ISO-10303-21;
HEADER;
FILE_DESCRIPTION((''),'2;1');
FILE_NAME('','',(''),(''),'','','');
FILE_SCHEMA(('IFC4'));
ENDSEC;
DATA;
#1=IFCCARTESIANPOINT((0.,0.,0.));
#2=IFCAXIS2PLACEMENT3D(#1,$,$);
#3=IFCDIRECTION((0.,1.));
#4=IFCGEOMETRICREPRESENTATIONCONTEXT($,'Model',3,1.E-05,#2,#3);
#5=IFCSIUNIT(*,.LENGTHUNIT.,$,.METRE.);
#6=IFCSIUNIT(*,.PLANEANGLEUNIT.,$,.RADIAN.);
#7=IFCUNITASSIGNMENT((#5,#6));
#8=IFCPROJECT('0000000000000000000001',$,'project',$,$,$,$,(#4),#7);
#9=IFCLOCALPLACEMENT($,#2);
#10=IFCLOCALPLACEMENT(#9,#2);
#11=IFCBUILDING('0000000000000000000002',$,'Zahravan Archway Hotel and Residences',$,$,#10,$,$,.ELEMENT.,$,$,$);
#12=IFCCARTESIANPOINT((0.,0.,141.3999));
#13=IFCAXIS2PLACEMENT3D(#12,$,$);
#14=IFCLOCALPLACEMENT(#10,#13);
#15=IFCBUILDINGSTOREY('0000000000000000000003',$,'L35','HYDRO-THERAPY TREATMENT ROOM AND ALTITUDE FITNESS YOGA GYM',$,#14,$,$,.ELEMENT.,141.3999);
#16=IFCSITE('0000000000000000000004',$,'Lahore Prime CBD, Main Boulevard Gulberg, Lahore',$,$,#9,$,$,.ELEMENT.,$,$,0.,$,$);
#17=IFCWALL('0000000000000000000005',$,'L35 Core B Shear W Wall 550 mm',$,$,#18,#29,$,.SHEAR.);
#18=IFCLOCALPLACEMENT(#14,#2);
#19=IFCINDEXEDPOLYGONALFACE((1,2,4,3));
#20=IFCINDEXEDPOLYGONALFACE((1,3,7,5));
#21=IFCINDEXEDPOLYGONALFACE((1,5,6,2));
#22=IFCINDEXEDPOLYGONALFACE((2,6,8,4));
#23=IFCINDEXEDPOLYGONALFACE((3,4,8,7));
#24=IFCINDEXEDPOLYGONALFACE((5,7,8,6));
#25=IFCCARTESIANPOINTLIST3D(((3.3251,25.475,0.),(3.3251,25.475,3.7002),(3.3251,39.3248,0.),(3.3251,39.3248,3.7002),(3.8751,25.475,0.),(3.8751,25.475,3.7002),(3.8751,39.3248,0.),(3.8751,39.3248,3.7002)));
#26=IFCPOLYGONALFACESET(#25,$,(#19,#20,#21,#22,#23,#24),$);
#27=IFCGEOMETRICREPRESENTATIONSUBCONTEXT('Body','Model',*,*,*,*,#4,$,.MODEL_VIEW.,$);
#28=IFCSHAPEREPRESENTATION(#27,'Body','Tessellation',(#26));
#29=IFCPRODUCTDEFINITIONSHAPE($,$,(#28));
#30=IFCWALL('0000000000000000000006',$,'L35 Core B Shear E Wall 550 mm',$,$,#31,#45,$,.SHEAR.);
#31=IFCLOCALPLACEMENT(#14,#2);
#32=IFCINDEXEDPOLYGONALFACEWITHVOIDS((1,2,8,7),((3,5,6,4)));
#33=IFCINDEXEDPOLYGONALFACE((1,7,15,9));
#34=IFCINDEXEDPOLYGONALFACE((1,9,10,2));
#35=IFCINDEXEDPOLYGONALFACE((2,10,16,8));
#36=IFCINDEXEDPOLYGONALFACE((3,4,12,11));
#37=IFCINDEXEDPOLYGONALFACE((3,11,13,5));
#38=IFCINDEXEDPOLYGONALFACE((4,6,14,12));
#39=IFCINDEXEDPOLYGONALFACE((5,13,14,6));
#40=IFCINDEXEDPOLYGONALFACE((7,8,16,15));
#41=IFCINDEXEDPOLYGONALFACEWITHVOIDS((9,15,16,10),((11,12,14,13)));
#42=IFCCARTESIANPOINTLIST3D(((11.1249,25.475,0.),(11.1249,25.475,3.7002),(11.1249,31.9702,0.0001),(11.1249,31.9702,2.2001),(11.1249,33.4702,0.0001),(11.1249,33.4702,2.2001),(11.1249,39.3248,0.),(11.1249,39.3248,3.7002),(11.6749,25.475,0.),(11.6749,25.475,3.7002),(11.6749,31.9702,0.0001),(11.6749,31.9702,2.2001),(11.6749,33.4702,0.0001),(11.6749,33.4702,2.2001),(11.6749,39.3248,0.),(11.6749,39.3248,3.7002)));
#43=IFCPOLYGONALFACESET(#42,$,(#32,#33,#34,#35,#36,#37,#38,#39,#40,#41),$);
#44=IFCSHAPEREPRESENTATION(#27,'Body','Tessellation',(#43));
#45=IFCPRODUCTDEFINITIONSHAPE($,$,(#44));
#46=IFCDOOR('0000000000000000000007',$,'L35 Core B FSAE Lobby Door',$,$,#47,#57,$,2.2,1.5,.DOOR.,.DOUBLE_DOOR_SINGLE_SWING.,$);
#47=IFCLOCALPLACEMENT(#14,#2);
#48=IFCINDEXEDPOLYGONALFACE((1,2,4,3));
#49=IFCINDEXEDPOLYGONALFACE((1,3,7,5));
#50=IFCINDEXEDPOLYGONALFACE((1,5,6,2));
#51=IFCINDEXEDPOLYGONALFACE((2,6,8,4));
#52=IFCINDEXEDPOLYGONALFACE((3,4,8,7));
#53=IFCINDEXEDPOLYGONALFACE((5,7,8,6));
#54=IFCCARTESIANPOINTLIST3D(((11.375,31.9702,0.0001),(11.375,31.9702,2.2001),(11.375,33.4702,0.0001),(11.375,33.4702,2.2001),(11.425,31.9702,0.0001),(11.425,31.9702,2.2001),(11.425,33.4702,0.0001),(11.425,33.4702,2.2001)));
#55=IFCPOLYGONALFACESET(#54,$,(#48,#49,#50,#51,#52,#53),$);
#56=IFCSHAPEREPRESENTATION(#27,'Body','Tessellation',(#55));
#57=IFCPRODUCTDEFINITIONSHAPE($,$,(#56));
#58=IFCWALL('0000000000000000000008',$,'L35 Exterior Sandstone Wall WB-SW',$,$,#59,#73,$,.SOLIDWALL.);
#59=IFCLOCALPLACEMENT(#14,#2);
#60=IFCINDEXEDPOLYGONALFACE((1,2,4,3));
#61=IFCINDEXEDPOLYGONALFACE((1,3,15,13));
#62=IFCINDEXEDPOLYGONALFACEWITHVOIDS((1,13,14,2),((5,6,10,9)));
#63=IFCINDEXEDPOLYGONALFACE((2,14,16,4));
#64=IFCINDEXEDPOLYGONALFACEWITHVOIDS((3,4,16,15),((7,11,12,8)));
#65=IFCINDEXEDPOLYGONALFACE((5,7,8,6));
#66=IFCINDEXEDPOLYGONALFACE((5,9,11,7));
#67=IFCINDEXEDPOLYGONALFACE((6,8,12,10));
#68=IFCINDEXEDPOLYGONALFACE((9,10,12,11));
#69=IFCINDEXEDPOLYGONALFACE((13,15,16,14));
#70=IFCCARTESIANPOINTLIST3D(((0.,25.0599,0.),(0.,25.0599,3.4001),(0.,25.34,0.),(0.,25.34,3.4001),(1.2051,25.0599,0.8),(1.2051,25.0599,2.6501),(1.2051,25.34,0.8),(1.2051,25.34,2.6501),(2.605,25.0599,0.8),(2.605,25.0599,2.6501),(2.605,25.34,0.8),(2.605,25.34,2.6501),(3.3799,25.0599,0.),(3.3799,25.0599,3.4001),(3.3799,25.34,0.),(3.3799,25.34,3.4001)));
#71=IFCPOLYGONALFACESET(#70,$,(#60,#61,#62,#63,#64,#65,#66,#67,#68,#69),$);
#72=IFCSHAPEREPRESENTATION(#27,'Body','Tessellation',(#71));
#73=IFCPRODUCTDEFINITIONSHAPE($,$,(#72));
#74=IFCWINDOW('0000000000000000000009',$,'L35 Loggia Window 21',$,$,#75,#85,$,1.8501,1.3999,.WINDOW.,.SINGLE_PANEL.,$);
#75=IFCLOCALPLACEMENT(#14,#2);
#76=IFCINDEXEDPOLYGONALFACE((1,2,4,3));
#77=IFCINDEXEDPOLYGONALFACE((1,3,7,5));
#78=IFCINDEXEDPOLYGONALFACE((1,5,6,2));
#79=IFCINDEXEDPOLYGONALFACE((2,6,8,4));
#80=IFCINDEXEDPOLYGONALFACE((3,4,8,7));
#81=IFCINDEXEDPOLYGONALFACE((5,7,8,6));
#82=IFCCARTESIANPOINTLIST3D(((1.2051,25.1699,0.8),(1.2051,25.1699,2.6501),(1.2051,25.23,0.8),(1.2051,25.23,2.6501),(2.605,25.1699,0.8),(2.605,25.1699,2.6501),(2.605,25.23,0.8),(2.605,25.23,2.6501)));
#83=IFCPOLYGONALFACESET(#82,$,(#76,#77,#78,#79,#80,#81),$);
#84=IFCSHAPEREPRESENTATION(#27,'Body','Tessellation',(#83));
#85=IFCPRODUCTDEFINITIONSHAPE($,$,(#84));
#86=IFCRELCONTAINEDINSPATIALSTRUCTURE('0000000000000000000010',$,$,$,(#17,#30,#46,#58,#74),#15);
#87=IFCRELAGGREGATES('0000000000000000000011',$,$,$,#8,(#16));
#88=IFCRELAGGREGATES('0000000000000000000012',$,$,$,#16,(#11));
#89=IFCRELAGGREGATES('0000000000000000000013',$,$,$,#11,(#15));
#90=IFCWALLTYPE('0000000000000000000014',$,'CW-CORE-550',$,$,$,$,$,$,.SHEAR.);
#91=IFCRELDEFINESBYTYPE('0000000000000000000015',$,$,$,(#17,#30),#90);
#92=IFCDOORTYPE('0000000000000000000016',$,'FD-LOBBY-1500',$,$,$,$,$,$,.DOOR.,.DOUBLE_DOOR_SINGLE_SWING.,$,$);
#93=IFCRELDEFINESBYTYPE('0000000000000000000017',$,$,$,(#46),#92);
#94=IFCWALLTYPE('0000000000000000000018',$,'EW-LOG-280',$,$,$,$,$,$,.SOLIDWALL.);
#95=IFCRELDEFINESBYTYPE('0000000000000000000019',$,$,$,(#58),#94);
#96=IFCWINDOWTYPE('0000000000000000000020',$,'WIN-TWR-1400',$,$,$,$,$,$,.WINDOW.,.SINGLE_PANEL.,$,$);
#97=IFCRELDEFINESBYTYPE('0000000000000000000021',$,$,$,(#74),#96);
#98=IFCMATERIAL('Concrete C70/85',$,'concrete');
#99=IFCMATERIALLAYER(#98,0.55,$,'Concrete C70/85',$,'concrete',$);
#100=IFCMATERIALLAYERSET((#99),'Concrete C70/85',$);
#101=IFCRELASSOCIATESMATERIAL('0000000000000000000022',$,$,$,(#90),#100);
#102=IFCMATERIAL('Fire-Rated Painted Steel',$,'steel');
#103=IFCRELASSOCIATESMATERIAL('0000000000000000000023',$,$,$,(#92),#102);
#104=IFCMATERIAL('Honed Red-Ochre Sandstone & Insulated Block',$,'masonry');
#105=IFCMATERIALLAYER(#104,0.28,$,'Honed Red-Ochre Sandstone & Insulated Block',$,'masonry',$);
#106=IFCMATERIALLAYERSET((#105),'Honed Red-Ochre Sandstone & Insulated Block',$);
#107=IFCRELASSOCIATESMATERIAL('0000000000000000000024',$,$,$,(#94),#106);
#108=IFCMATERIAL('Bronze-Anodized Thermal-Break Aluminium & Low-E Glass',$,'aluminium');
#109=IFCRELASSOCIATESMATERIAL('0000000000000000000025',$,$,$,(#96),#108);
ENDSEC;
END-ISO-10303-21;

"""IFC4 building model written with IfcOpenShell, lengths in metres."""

from ifc_helpers import new_model, si_unit, direction, frame, frame_2d, origin, place, context, subcontext, project, spatial, rectangle, extrude, source, transform, mapped, material, layer, layer_set, type_object, type_shapes, element, fill, save


model = new_model("IFC4")

# Units and contexts
model_context = context("Model", 3, precision=1e-05, world=origin(), true_north=direction((0.0, 1.0)))
body_context = subcontext(model_context, "Body", "Model", "MODEL_VIEW")
ifc_project = project(units=[si_unit("LENGTHUNIT", "METRE"), si_unit("PLANEANGLEUNIT", "RADIAN")], contexts=[model_context])

# Site, building, storey
site_placement = place(None, origin())
site = spatial("IfcSite", under=ifc_project, at=site_placement, Name="Lahore Prime CBD, Main Boulevard Gulberg, Lahore", CompositionType="ELEMENT", RefElevation=0.0)
building_placement = place(site_placement, origin())
building = spatial("IfcBuilding", under=site, at=building_placement, Name="Zahravan Archway Hotel and Residences", CompositionType="ELEMENT")
storey_placement = place(building_placement, frame((0.0, 0.0, 141.3999)))
storey = spatial("IfcBuildingStorey", under=building, at=storey_placement, Name="L35", Description="HYDRO-THERAPY TREATMENT ROOM AND ALTITUDE FITNESS YOGA GYM", CompositionType="ELEMENT", Elevation=141.3999)

# Wall
ifc_material_1 = material(Name="Concrete C70/85", Category="concrete")
ifc_layer_1 = layer(ifc_material_1, 0.55, Name="Concrete C70/85", Category="concrete")
ifc_layer_set_1 = layer_set([ifc_layer_1], Name="Concrete C70/85")
wall_type_1 = type_object("IfcWallType", Name="CW-CORE-550", PredefinedType="SHEAR", material=ifc_layer_set_1)
wall_1_placement = place(storey_placement, frame((3.6001, 25.4751, 0.0), z_axis=(0.0, 0.0, 1.0), x_axis=(0.0, 1.0, 0.0)))
element("IfcWall", 1, at=wall_1_placement, inside=storey, type_object=wall_type_1, Name="L35 Core B Shear W Wall 550 mm", PredefinedType="SHEAR", context=body_context, shape_type="SweptSolid", body=[
    extrude(rectangle(XDim=13.8499, YDim=0.55, at=frame_2d((6.9248, 0.0))), origin(), (0.0, 0.0, 1.0), 3.7002),
])

# Wall, opening, door
wall_2_placement = place(storey_placement, frame((11.3999, 25.4751, 0.0), z_axis=(0.0, 0.0, 1.0), x_axis=(0.0, 1.0, 0.0)))
wall_2 = element("IfcWall", 2, at=wall_2_placement, inside=storey, type_object=wall_type_1, Name="L35 Core B Shear E Wall 550 mm", PredefinedType="SHEAR", context=body_context, shape_type="SweptSolid", body=[
    extrude(rectangle(XDim=13.8499, YDim=0.55, at=frame_2d((6.9248, 0.0))), origin(), (0.0, 0.0, 1.0), 3.7002),
])
opening_1_placement = place(wall_2_placement, frame((6.4951, 0.0, 0.0)))
opening_1 = element("IfcOpeningElement", 3, at=opening_1_placement, cuts=wall_2, PredefinedType="OPENING", context=body_context, shape_type="SweptSolid", body=[
    extrude(rectangle(XDim=1.5, YDim=2.2, at=frame_2d((0.75, 1.1001))), frame((0.0, 0.2852, 0.0), z_axis=(0.0, -1.0, 0.0), x_axis=(1.0, 0.0, 0.0)), (0.0, 0.0, 1.0), 0.5701),
])
ifc_material_2 = material(Name="Fire-Rated Painted Steel", Category="steel")
door_type_1 = type_object("IfcDoorType", Name="FD-LOBBY-1500", OperationType="DOUBLE_DOOR_SINGLE_SWING", PredefinedType="DOOR", material=ifc_material_2)
shared_shape_1 = source(origin(), body_context, "Body", "SweptSolid", [
    extrude(rectangle(XDim=1.5, YDim=2.2, at=frame_2d((0.75, 1.1001))), frame((0.0, 0.0249, 0.0), z_axis=(0.0, -1.0, 0.0), x_axis=(1.0, 0.0, 0.0)), (0.0, 0.0, 1.0), 0.05),
])
type_shapes(door_type_1, [shared_shape_1])
door_1_placement = place(opening_1_placement, origin())
door_1 = element("IfcDoor", 4, at=door_1_placement, inside=storey, type_object=door_type_1, Name="L35 Core B FSAE Lobby Door", OperationType="DOUBLE_DOOR_SINGLE_SWING", OverallHeight=2.2, OverallWidth=1.5, PredefinedType="DOOR", context=body_context, shape_type="MappedRepresentation", body=[
    mapped(shared_shape_1, transform((0.0, 0.0, 0.0), scale=1.0)),
])
fill(opening_1, door_1)

# Wall, opening, window
ifc_material_3 = material(Name="Honed Red-Ochre Sandstone & Insulated Block", Category="masonry")
ifc_layer_2 = layer(ifc_material_3, 0.28, Name="Honed Red-Ochre Sandstone & Insulated Block", Category="masonry")
ifc_layer_set_2 = layer_set([ifc_layer_2], Name="Honed Red-Ochre Sandstone & Insulated Block")
wall_type_2 = type_object("IfcWallType", Name="EW-LOG-280", PredefinedType="SOLIDWALL", material=ifc_layer_set_2)
wall_3_placement = place(storey_placement, frame((0.0, 25.2, 0.0), z_axis=(0.0, 0.0, 1.0), x_axis=(1.0, 0.0, 0.0)))
wall_3 = element("IfcWall", 5, at=wall_3_placement, inside=storey, type_object=wall_type_2, Name="L35 Exterior Sandstone Wall WB-SW", PredefinedType="SOLIDWALL", context=body_context, shape_type="SweptSolid", body=[
    extrude(rectangle(XDim=3.3799, YDim=0.28, at=frame_2d((1.6899, 0.0))), origin(), (0.0, 0.0, 1.0), 3.4001),
])
opening_2_placement = place(wall_3_placement, frame((1.2051, 0.0, 0.8)))
opening_2 = element("IfcOpeningElement", 6, at=opening_2_placement, cuts=wall_3, PredefinedType="OPENING", context=body_context, shape_type="SweptSolid", body=[
    extrude(rectangle(XDim=1.3999, YDim=1.8501, at=frame_2d((0.7, 0.925))), frame((0.0, 0.1499, 0.0), z_axis=(0.0, -1.0, 0.0), x_axis=(1.0, 0.0, 0.0)), (0.0, 0.0, 1.0), 0.3),
])
ifc_material_4 = material(Name="Bronze-Anodized Thermal-Break Aluminium & Low-E Glass", Category="aluminium")
window_type_1 = type_object("IfcWindowType", Name="WIN-TWR-1400", PartitioningType="SINGLE_PANEL", PredefinedType="WINDOW", material=ifc_material_4)
shared_shape_2 = source(origin(), body_context, "Body", "SweptSolid", [
    extrude(rectangle(XDim=1.3999, YDim=1.8501, at=frame_2d((0.7, 0.925))), frame((0.0, 0.03, 0.0), z_axis=(0.0, -1.0, 0.0), x_axis=(1.0, 0.0, 0.0)), (0.0, 0.0, 1.0), 0.0601),
])
type_shapes(window_type_1, [shared_shape_2])
window_1_placement = place(opening_2_placement, origin())
window_1 = element("IfcWindow", 7, at=window_1_placement, inside=storey, type_object=window_type_1, Name="L35 Loggia Window 21", OverallHeight=1.8501, OverallWidth=1.3999, PartitioningType="SINGLE_PANEL", PredefinedType="WINDOW", context=body_context, shape_type="MappedRepresentation", body=[
    mapped(shared_shape_2, transform((0.0, 0.0, 0.0), scale=1.0)),
])
fill(opening_2, window_1)

save(model, "model.ifc")
